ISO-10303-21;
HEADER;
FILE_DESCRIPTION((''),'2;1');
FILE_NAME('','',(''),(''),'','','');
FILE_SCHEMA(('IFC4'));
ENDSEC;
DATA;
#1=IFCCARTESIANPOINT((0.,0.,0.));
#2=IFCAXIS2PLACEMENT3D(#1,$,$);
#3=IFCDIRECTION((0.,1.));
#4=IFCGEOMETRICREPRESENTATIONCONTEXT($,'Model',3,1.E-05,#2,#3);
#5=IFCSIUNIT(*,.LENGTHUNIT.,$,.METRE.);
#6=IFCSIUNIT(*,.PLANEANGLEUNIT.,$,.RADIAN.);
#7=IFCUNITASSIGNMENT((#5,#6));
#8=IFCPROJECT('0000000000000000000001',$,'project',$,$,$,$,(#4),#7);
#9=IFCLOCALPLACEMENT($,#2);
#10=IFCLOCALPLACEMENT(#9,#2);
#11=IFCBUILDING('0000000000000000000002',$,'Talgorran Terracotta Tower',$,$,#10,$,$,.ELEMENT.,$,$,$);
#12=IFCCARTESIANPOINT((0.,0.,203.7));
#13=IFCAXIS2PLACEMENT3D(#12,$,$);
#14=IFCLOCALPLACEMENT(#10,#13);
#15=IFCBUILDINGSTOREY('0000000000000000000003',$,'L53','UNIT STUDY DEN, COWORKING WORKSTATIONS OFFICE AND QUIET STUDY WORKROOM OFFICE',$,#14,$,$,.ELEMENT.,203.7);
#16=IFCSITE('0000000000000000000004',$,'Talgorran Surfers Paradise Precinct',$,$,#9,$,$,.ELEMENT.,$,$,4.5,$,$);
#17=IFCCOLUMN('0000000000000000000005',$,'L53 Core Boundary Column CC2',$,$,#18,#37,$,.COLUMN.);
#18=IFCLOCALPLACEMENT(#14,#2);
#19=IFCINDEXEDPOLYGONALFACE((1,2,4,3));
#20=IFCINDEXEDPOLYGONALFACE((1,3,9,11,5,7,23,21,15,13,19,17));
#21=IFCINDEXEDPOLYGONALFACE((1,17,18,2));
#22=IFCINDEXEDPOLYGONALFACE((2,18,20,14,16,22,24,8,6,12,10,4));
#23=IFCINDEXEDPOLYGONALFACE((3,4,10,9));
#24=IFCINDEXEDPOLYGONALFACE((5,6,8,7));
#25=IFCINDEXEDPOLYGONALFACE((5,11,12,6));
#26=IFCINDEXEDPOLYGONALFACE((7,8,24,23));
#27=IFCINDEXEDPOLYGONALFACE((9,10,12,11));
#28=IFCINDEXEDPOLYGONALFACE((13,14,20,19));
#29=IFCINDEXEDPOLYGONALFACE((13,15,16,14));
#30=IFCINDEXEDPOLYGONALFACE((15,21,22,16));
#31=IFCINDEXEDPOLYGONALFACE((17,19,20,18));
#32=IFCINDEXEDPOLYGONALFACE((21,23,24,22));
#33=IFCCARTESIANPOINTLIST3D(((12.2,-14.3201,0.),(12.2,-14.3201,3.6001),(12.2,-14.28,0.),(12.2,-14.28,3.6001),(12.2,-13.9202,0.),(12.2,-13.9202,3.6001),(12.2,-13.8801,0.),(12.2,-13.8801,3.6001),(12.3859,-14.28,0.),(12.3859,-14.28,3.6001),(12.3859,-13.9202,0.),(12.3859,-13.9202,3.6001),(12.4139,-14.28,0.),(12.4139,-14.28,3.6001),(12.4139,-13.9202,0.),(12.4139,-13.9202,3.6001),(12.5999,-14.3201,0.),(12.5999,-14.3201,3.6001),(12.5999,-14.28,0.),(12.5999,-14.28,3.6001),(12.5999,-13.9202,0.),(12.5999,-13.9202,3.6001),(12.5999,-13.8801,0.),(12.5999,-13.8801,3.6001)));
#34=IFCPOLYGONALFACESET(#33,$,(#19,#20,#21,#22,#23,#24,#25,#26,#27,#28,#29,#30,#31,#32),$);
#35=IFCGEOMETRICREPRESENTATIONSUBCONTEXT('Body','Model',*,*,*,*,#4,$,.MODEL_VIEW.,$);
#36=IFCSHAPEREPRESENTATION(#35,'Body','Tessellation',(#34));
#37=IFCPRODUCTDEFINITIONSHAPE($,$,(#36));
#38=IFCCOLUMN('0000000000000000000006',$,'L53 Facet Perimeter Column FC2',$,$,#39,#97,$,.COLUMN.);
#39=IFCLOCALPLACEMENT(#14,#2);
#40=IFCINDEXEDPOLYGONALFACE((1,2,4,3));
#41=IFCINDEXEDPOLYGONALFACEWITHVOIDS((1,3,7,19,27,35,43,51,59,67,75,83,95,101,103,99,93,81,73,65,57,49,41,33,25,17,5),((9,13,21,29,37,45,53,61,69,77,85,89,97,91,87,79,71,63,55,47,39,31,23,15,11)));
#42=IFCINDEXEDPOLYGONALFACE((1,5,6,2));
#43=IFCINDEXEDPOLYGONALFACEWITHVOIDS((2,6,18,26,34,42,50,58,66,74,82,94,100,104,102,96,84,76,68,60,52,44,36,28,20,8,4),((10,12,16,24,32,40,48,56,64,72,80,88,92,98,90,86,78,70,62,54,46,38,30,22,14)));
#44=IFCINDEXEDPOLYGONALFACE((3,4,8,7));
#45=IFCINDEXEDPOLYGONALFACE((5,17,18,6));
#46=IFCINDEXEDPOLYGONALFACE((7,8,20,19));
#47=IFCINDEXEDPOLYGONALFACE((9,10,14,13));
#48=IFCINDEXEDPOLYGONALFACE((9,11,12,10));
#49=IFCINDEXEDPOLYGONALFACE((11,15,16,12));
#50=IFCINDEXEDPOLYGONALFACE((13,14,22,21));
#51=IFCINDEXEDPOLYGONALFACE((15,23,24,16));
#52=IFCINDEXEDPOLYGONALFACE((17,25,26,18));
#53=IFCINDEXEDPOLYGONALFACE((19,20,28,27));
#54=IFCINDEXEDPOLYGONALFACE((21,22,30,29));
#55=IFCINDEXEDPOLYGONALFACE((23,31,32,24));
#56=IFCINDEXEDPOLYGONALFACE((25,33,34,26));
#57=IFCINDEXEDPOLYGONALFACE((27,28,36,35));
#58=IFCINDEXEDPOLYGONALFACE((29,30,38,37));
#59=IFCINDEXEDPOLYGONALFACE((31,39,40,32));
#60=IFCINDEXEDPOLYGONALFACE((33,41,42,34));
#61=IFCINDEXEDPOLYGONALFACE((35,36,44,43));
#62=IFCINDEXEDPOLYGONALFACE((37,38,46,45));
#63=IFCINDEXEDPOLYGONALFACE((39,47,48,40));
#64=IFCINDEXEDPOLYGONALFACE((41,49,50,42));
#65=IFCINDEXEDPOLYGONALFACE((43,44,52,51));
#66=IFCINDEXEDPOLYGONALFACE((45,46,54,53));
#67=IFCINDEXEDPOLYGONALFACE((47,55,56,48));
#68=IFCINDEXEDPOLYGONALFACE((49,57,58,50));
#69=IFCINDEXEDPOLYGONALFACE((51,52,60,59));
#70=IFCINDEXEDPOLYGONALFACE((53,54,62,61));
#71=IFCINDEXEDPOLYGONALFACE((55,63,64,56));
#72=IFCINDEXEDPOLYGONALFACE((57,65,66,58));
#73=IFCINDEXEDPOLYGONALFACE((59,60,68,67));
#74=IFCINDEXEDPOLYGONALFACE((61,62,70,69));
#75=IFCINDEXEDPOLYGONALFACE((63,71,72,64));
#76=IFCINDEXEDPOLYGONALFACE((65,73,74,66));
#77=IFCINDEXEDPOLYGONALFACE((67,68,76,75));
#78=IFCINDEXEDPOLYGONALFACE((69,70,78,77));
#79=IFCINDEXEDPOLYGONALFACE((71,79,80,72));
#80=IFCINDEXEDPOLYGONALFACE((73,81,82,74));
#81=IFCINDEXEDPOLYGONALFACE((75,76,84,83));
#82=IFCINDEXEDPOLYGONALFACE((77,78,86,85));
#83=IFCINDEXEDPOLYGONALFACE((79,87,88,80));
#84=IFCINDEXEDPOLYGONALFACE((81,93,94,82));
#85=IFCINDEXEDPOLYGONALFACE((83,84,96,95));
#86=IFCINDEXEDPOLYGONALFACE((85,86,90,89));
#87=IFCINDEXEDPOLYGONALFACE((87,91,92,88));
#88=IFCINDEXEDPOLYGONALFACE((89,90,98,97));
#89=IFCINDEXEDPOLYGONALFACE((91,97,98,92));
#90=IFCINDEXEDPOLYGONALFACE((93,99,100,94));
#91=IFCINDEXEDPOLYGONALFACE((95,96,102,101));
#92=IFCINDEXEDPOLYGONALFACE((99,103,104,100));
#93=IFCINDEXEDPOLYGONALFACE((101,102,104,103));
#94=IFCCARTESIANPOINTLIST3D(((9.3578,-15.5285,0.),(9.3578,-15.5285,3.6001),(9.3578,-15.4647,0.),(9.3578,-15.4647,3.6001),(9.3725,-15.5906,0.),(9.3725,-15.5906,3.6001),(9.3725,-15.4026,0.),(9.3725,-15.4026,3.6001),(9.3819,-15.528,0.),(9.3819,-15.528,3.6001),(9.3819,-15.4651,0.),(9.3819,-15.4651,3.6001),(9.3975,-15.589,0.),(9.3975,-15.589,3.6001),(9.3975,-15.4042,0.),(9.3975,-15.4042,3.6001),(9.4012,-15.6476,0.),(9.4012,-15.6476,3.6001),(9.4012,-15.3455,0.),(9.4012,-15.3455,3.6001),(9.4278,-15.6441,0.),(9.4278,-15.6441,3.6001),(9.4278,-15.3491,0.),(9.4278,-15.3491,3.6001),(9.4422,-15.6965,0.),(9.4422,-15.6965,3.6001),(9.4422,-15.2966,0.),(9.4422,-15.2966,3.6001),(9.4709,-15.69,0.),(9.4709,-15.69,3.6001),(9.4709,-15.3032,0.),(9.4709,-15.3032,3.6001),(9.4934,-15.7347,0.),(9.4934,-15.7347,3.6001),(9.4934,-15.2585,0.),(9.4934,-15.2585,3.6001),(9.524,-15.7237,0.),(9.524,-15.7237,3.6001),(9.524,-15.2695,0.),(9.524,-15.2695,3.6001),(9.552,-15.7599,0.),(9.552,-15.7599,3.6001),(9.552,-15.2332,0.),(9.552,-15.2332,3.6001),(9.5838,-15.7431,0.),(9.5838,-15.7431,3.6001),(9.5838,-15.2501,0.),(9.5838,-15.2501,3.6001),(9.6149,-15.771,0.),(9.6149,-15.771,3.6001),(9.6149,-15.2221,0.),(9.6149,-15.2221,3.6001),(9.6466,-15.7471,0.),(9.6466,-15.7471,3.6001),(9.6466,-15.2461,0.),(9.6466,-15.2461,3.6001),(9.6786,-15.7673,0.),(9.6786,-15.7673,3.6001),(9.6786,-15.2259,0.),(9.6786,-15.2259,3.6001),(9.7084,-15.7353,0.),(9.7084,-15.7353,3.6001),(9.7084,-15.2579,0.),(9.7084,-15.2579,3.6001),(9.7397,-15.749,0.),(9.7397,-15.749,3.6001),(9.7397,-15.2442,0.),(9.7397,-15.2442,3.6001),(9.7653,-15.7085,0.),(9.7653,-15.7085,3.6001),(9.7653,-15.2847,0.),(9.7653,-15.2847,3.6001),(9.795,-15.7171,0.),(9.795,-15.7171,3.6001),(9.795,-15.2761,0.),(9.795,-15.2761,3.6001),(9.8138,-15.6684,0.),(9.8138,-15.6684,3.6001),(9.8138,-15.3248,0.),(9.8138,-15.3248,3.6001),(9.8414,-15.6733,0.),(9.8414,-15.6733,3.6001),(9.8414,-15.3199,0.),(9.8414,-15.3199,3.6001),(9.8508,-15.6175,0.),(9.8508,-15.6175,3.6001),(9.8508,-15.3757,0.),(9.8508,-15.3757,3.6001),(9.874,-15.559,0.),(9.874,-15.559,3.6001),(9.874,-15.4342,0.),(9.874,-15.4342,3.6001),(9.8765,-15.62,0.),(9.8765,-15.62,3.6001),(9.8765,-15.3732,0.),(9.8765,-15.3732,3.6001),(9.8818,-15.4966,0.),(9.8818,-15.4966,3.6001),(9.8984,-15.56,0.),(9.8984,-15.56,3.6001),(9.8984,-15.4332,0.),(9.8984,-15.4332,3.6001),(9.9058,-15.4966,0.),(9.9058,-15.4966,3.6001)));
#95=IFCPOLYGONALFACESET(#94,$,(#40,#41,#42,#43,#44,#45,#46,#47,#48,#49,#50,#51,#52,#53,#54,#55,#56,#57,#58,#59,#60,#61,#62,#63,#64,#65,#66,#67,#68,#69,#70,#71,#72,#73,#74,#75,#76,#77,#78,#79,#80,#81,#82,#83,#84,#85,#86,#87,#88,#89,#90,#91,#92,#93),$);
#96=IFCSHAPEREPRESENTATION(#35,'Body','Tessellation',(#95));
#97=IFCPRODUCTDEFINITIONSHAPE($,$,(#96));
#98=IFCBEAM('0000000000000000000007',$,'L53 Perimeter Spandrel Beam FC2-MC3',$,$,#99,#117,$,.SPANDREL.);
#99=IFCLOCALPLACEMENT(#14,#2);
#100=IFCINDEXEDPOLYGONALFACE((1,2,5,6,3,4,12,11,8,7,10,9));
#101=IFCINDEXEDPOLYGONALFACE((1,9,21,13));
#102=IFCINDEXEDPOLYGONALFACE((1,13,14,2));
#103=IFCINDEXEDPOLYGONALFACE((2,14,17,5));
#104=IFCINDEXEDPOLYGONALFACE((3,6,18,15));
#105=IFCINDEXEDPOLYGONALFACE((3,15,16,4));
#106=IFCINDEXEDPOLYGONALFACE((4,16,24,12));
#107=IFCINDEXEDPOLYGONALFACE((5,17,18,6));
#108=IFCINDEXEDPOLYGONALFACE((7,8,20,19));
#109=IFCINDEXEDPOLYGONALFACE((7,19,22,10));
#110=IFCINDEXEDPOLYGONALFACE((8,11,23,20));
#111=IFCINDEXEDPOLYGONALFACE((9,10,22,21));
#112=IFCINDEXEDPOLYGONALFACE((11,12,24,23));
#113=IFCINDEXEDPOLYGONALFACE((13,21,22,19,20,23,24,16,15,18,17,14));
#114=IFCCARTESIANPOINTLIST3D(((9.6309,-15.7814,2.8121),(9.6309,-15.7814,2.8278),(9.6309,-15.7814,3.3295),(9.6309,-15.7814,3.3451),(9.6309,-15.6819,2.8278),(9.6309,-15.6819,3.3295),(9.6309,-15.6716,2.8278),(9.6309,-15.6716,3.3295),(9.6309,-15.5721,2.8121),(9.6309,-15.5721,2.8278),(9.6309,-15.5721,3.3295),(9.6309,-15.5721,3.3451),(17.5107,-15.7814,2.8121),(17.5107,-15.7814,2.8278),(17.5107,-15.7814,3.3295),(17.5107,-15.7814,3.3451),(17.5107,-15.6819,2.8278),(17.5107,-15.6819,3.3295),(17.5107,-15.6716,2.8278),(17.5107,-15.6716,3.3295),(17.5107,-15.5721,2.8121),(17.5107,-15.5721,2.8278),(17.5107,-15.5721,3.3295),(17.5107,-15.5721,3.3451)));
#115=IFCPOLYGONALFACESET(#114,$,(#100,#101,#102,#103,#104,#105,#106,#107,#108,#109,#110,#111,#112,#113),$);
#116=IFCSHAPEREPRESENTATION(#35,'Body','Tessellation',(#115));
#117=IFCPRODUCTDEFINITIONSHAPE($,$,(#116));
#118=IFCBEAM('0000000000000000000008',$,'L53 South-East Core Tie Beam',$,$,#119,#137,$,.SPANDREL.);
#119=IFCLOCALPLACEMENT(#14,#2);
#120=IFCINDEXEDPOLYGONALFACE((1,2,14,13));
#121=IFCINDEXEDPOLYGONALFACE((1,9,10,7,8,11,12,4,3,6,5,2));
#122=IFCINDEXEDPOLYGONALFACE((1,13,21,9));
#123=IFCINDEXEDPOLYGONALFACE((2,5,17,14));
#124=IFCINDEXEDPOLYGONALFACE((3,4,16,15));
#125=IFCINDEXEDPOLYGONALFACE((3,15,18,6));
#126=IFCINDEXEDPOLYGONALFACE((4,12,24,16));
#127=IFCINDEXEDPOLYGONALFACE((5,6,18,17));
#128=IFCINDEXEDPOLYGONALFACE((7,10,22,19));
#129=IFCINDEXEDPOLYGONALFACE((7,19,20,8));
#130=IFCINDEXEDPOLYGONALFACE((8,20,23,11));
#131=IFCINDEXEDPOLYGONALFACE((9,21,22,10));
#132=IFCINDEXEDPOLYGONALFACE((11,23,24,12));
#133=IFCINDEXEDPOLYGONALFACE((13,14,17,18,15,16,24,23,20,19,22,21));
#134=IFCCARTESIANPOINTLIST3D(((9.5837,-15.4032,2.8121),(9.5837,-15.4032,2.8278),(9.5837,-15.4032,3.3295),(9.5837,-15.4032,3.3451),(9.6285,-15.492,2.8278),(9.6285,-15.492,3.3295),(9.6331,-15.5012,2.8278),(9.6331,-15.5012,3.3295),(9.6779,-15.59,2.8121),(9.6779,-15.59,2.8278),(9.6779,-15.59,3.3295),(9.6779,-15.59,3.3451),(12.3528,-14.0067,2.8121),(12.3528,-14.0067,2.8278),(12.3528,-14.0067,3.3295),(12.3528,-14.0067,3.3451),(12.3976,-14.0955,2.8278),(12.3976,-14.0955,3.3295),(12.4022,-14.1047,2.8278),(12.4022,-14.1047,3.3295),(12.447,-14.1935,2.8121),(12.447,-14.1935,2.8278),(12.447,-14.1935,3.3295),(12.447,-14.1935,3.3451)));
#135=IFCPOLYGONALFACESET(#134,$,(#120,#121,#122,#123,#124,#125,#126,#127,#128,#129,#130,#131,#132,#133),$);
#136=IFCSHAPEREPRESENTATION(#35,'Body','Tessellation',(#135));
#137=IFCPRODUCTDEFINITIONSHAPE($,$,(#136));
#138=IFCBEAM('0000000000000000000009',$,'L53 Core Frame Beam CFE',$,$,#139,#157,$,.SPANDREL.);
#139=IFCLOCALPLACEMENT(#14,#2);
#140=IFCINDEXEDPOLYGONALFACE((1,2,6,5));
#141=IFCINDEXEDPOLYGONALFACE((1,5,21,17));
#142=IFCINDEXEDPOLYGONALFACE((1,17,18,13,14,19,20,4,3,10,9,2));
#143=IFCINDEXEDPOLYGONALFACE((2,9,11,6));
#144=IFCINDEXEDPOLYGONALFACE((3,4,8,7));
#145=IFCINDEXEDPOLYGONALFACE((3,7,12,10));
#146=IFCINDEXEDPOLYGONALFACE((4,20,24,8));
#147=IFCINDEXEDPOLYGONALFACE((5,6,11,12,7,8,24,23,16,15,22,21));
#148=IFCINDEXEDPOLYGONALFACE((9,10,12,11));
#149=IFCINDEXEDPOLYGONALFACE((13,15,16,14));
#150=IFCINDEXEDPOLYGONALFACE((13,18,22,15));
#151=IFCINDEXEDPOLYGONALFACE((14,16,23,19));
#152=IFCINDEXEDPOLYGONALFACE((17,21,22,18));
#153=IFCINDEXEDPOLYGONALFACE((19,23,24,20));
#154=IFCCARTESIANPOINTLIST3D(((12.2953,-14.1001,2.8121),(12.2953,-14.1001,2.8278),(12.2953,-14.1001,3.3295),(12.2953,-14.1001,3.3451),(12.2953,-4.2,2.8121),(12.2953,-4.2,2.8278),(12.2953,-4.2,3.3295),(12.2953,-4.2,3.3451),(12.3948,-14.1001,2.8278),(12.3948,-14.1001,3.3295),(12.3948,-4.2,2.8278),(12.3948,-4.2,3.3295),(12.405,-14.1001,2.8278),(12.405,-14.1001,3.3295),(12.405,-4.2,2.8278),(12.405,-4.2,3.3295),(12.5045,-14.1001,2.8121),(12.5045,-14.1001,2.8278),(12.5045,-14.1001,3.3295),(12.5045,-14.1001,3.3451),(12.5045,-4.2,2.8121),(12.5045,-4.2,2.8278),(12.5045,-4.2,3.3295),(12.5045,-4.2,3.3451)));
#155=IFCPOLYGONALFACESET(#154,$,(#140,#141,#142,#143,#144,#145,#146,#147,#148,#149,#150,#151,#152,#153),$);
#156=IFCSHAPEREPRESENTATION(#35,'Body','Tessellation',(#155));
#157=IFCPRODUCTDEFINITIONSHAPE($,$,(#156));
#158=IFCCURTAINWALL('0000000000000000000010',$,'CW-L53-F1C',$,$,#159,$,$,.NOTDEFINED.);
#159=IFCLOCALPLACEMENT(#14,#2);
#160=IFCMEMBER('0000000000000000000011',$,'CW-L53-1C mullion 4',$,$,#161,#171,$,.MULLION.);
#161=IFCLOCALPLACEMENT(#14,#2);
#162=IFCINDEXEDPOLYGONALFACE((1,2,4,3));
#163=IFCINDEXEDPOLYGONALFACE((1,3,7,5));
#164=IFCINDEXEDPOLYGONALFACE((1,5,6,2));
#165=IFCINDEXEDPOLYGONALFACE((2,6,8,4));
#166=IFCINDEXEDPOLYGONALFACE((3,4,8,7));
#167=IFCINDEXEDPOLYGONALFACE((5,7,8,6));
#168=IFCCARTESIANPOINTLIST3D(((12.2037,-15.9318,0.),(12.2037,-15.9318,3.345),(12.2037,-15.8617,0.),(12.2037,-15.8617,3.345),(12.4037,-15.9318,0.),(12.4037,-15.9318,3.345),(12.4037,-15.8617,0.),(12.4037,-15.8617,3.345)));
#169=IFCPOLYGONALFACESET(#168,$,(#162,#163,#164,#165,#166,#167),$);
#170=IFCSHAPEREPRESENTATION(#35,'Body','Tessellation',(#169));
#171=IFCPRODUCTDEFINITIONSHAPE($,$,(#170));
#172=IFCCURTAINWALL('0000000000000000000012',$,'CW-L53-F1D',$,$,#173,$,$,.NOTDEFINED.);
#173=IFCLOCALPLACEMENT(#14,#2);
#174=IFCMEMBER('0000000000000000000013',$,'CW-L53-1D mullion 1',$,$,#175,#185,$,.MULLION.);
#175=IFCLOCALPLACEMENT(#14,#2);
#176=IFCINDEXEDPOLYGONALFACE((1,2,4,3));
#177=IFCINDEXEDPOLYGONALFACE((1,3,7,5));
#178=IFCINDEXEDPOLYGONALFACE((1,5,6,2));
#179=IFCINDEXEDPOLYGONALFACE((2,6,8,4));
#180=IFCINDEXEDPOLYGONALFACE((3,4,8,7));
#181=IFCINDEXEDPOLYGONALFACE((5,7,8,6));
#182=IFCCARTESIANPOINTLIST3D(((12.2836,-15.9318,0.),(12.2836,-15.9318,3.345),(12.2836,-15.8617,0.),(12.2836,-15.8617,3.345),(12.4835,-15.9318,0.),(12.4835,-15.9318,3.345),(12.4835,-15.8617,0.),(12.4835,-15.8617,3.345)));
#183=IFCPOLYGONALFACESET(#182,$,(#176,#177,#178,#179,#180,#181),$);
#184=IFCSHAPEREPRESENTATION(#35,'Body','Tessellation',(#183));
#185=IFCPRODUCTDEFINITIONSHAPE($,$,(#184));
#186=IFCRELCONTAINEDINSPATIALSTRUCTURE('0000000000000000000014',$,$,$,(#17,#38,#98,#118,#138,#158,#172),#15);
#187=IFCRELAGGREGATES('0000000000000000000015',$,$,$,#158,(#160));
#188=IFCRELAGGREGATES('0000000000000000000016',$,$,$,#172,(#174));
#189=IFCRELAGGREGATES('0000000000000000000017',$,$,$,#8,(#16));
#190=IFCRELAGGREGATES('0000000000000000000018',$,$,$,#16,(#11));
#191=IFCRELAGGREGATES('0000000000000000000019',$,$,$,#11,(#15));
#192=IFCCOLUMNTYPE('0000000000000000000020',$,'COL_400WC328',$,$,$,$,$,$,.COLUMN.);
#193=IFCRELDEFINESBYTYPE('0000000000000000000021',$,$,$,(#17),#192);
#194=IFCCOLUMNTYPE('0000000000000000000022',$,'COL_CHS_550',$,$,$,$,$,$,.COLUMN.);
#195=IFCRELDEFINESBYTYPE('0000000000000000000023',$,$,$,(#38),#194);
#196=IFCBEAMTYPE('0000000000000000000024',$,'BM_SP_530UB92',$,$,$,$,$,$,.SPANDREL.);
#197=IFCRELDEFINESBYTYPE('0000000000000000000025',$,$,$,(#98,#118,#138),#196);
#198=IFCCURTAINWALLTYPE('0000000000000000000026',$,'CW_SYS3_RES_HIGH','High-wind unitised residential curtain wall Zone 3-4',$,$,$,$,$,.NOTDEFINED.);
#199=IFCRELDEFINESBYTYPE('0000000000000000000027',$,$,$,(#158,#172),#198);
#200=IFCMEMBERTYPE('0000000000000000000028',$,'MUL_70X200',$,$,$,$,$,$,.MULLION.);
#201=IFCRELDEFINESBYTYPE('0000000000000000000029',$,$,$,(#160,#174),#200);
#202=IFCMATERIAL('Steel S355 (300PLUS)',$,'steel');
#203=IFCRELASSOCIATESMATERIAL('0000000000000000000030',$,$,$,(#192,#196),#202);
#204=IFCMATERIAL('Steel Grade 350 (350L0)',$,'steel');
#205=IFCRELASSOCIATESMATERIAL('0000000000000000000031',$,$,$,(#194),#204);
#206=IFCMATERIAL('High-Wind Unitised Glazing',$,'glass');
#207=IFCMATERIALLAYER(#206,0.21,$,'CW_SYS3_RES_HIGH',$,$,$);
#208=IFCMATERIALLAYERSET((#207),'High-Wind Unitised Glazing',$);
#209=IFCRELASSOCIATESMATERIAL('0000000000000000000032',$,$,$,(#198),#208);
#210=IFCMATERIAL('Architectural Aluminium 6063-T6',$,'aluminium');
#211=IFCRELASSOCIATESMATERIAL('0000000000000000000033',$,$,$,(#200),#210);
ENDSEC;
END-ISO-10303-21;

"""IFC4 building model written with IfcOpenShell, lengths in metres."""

from ifc_helpers import new_model, si_unit, direction, frame, origin, origin_2d, place, context, subcontext, project, spatial, rectangle, hollow_circle, i_section, extrude, material, layer, layer_set, material_profile, profile_set, type_object, element, aggregate, save


model = new_model("IFC4")

# Units and contexts
model_context = context("Model", 3, precision=1e-05, world=origin(), true_north=direction((0.0, 1.0)))
body_context = subcontext(model_context, "Body", "Model", "MODEL_VIEW")
ifc_project = project(units=[si_unit("LENGTHUNIT", "METRE"), si_unit("PLANEANGLEUNIT", "RADIAN")], contexts=[model_context])

# Site, building, storey
site_placement = place(None, origin())
site = spatial("IfcSite", under=ifc_project, at=site_placement, Name="Talgorran Surfers Paradise Precinct", CompositionType="ELEMENT", RefElevation=4.5)
building_placement = place(site_placement, origin())
building = spatial("IfcBuilding", under=site, at=building_placement, Name="Talgorran Terracotta Tower", CompositionType="ELEMENT")
storey_placement = place(building_placement, frame((0.0, 0.0, 203.7)))
storey = spatial("IfcBuildingStorey", under=building, at=storey_placement, Name="L53", Description="UNIT STUDY DEN, COWORKING WORKSTATIONS OFFICE AND QUIET STUDY WORKROOM OFFICE", CompositionType="ELEMENT", Elevation=203.7)

# Columns
ifc_material_1 = material(Name="Steel S355 (300PLUS)", Category="steel")
ifc_material_profile_1 = material_profile(ifc_material_1, i_section(OverallWidth=0.3999, OverallDepth=0.4399, WebThickness=0.0281, FlangeThickness=0.04, at=origin_2d()), Name="400WC328")
ifc_profile_set_1 = profile_set([ifc_material_profile_1], Name="Steel S355 (300PLUS)")
column_type_1 = type_object("IfcColumnType", Name="COL_400WC328", PredefinedType="COLUMN", material=ifc_profile_set_1)
column_1_placement = place(storey_placement, frame((12.3999, -14.1001, 0.0), z_axis=(0.0, 0.0, 1.0), x_axis=(1.0, 0.0, 0.0)))
element("IfcColumn", 1, at=column_1_placement, inside=storey, type_object=column_type_1, Name="L53 Core Boundary Column CC2", PredefinedType="COLUMN", context=body_context, shape_type="SweptSolid", body=[
    extrude(i_section(OverallWidth=0.3999, OverallDepth=0.4399, WebThickness=0.0281, FlangeThickness=0.04, at=origin_2d()), origin(), (0.0, 0.0, 1.0), 3.6001),
])
ifc_material_2 = material(Name="Steel Grade 350 (350L0)", Category="steel")
ifc_material_profile_2 = material_profile(ifc_material_2, hollow_circle(Radius=0.2749, WallThickness=0.0239, at=origin_2d()), Name="CHS550X24")
ifc_profile_set_2 = profile_set([ifc_material_profile_2], Name="Steel Grade 350 (350L0)")
column_type_2 = type_object("IfcColumnType", Name="COL_CHS_550", PredefinedType="COLUMN", material=ifc_profile_set_2)
column_2_placement = place(storey_placement, frame((9.6309, -15.4966, 0.0), z_axis=(0.0, 0.0, 1.0), x_axis=(1.0, 0.0, 0.0)))
element("IfcColumn", 2, at=column_2_placement, inside=storey, type_object=column_type_2, Name="L53 Facet Perimeter Column FC2", PredefinedType="COLUMN", context=body_context, shape_type="SweptSolid", body=[
    extrude(hollow_circle(Radius=0.2749, WallThickness=0.0239, at=origin_2d()), origin(), (0.0, 0.0, 1.0), 3.6001),
])

# Beams
ifc_material_profile_3 = material_profile(ifc_material_1, i_section(OverallWidth=0.2092, OverallDepth=0.533, WebThickness=0.0103, FlangeThickness=0.0156, at=origin_2d()), Name="530UB92.4")
ifc_profile_set_3 = profile_set([ifc_material_profile_3], Name="Steel S355 (300PLUS)")
beam_type = type_object("IfcBeamType", Name="BM_SP_530UB92", PredefinedType="SPANDREL", material=ifc_profile_set_3)
beam_1_placement = place(storey_placement, frame((9.6309, -15.6768, 3.0786), z_axis=(1.0, 0.0, 0.0), x_axis=(0.0, 1.0, 0.0)))
element("IfcBeam", 3, at=beam_1_placement, inside=storey, type_object=beam_type, Name="L53 Perimeter Spandrel Beam FC2-MC3", PredefinedType="SPANDREL", context=body_context, shape_type="SweptSolid", body=[
    extrude(i_section(OverallWidth=0.2092, OverallDepth=0.533, WebThickness=0.0103, FlangeThickness=0.0156, at=origin_2d()), origin(), (0.0, 0.0, 1.0), 7.8799),
])
beam_2_placement = place(storey_placement, frame((12.3999, -14.1001, 3.0786), z_axis=(-0.892879, -0.450297, 0.0), x_axis=(0.450297, -0.892879, 0.0)))
element("IfcBeam", 4, at=beam_2_placement, inside=storey, type_object=beam_type, Name="L53 South-East Core Tie Beam", PredefinedType="SPANDREL", context=body_context, shape_type="SweptSolid", body=[
    extrude(i_section(OverallWidth=0.2092, OverallDepth=0.533, WebThickness=0.0103, FlangeThickness=0.0156, at=origin_2d()), origin(), (0.0, 0.0, 1.0), 3.1013),
])
beam_3_placement = place(storey_placement, frame((12.3999, -14.1001, 3.0786), z_axis=(0.0, 1.0, 0.0), x_axis=(-1.0, 0.0, 0.0)))
element("IfcBeam", 5, at=beam_3_placement, inside=storey, type_object=beam_type, Name="L53 Core Frame Beam CFE", PredefinedType="SPANDREL", context=body_context, shape_type="SweptSolid", body=[
    extrude(i_section(OverallWidth=0.2092, OverallDepth=0.533, WebThickness=0.0103, FlangeThickness=0.0156, at=origin_2d()), origin(), (0.0, 0.0, 1.0), 9.9001),
])

# Curtain wall, member
ifc_material_3 = material(Name="High-Wind Unitised Glazing", Category="glass")
ifc_layer_1 = layer(ifc_material_3, 0.21, Name="CW_SYS3_RES_HIGH")
ifc_layer_set_1 = layer_set([ifc_layer_1], Name="High-Wind Unitised Glazing")
curtain_wall_type = type_object("IfcCurtainWallType", Name="CW_SYS3_RES_HIGH", Description="High-wind unitised residential curtain wall Zone 3-4", PredefinedType="NOTDEFINED", material=ifc_layer_set_1)
curtain_wall_1_placement = place(storey_placement, origin())
curtain_wall_1 = element("IfcCurtainWall", 6, at=curtain_wall_1_placement, inside=storey, type_object=curtain_wall_type, Name="CW-L53-F1C", PredefinedType="NOTDEFINED")
ifc_material_4 = material(Name="Architectural Aluminium 6063-T6", Category="aluminium")
ifc_material_profile_4 = material_profile(ifc_material_4, rectangle(XDim=0.0701, YDim=0.2, at=origin_2d()), Name="CWM70X200")
ifc_profile_set_4 = profile_set([ifc_material_profile_4], Name="Architectural Aluminium 6063-T6")
member_type_1 = type_object("IfcMemberType", Name="MUL_70X200", PredefinedType="MULLION", material=ifc_profile_set_4)
member_1_placement = place(storey_placement, frame((12.3037, -15.8967, 0.0), z_axis=(0.0, 0.0, 1.0), x_axis=(0.0, 1.0, 0.0)))
member_1 = element("IfcMember", 7, at=member_1_placement, type_object=member_type_1, Name="CW-L53-1C mullion 4", PredefinedType="MULLION", context=body_context, shape_type="SweptSolid", body=[
    extrude(rectangle(XDim=0.0701, YDim=0.2, at=origin_2d()), origin(), (0.0, 0.0, 1.0), 3.345),
])
aggregate(curtain_wall_1, [member_1])

# Curtain wall, member
curtain_wall_2_placement = place(storey_placement, origin())
curtain_wall_2 = element("IfcCurtainWall", 8, at=curtain_wall_2_placement, inside=storey, type_object=curtain_wall_type, Name="CW-L53-F1D", PredefinedType="NOTDEFINED")
member_2_placement = place(storey_placement, frame((12.3835, -15.8967, 0.0), z_axis=(0.0, 0.0, 1.0), x_axis=(0.0, 1.0, 0.0)))
member_2 = element("IfcMember", 9, at=member_2_placement, type_object=member_type_1, Name="CW-L53-1D mullion 1", PredefinedType="MULLION", context=body_context, shape_type="SweptSolid", body=[
    extrude(rectangle(XDim=0.0701, YDim=0.2, at=origin_2d()), origin(), (0.0, 0.0, 1.0), 3.345),
])
aggregate(curtain_wall_2, [member_2])

save(model, "model.ifc")
